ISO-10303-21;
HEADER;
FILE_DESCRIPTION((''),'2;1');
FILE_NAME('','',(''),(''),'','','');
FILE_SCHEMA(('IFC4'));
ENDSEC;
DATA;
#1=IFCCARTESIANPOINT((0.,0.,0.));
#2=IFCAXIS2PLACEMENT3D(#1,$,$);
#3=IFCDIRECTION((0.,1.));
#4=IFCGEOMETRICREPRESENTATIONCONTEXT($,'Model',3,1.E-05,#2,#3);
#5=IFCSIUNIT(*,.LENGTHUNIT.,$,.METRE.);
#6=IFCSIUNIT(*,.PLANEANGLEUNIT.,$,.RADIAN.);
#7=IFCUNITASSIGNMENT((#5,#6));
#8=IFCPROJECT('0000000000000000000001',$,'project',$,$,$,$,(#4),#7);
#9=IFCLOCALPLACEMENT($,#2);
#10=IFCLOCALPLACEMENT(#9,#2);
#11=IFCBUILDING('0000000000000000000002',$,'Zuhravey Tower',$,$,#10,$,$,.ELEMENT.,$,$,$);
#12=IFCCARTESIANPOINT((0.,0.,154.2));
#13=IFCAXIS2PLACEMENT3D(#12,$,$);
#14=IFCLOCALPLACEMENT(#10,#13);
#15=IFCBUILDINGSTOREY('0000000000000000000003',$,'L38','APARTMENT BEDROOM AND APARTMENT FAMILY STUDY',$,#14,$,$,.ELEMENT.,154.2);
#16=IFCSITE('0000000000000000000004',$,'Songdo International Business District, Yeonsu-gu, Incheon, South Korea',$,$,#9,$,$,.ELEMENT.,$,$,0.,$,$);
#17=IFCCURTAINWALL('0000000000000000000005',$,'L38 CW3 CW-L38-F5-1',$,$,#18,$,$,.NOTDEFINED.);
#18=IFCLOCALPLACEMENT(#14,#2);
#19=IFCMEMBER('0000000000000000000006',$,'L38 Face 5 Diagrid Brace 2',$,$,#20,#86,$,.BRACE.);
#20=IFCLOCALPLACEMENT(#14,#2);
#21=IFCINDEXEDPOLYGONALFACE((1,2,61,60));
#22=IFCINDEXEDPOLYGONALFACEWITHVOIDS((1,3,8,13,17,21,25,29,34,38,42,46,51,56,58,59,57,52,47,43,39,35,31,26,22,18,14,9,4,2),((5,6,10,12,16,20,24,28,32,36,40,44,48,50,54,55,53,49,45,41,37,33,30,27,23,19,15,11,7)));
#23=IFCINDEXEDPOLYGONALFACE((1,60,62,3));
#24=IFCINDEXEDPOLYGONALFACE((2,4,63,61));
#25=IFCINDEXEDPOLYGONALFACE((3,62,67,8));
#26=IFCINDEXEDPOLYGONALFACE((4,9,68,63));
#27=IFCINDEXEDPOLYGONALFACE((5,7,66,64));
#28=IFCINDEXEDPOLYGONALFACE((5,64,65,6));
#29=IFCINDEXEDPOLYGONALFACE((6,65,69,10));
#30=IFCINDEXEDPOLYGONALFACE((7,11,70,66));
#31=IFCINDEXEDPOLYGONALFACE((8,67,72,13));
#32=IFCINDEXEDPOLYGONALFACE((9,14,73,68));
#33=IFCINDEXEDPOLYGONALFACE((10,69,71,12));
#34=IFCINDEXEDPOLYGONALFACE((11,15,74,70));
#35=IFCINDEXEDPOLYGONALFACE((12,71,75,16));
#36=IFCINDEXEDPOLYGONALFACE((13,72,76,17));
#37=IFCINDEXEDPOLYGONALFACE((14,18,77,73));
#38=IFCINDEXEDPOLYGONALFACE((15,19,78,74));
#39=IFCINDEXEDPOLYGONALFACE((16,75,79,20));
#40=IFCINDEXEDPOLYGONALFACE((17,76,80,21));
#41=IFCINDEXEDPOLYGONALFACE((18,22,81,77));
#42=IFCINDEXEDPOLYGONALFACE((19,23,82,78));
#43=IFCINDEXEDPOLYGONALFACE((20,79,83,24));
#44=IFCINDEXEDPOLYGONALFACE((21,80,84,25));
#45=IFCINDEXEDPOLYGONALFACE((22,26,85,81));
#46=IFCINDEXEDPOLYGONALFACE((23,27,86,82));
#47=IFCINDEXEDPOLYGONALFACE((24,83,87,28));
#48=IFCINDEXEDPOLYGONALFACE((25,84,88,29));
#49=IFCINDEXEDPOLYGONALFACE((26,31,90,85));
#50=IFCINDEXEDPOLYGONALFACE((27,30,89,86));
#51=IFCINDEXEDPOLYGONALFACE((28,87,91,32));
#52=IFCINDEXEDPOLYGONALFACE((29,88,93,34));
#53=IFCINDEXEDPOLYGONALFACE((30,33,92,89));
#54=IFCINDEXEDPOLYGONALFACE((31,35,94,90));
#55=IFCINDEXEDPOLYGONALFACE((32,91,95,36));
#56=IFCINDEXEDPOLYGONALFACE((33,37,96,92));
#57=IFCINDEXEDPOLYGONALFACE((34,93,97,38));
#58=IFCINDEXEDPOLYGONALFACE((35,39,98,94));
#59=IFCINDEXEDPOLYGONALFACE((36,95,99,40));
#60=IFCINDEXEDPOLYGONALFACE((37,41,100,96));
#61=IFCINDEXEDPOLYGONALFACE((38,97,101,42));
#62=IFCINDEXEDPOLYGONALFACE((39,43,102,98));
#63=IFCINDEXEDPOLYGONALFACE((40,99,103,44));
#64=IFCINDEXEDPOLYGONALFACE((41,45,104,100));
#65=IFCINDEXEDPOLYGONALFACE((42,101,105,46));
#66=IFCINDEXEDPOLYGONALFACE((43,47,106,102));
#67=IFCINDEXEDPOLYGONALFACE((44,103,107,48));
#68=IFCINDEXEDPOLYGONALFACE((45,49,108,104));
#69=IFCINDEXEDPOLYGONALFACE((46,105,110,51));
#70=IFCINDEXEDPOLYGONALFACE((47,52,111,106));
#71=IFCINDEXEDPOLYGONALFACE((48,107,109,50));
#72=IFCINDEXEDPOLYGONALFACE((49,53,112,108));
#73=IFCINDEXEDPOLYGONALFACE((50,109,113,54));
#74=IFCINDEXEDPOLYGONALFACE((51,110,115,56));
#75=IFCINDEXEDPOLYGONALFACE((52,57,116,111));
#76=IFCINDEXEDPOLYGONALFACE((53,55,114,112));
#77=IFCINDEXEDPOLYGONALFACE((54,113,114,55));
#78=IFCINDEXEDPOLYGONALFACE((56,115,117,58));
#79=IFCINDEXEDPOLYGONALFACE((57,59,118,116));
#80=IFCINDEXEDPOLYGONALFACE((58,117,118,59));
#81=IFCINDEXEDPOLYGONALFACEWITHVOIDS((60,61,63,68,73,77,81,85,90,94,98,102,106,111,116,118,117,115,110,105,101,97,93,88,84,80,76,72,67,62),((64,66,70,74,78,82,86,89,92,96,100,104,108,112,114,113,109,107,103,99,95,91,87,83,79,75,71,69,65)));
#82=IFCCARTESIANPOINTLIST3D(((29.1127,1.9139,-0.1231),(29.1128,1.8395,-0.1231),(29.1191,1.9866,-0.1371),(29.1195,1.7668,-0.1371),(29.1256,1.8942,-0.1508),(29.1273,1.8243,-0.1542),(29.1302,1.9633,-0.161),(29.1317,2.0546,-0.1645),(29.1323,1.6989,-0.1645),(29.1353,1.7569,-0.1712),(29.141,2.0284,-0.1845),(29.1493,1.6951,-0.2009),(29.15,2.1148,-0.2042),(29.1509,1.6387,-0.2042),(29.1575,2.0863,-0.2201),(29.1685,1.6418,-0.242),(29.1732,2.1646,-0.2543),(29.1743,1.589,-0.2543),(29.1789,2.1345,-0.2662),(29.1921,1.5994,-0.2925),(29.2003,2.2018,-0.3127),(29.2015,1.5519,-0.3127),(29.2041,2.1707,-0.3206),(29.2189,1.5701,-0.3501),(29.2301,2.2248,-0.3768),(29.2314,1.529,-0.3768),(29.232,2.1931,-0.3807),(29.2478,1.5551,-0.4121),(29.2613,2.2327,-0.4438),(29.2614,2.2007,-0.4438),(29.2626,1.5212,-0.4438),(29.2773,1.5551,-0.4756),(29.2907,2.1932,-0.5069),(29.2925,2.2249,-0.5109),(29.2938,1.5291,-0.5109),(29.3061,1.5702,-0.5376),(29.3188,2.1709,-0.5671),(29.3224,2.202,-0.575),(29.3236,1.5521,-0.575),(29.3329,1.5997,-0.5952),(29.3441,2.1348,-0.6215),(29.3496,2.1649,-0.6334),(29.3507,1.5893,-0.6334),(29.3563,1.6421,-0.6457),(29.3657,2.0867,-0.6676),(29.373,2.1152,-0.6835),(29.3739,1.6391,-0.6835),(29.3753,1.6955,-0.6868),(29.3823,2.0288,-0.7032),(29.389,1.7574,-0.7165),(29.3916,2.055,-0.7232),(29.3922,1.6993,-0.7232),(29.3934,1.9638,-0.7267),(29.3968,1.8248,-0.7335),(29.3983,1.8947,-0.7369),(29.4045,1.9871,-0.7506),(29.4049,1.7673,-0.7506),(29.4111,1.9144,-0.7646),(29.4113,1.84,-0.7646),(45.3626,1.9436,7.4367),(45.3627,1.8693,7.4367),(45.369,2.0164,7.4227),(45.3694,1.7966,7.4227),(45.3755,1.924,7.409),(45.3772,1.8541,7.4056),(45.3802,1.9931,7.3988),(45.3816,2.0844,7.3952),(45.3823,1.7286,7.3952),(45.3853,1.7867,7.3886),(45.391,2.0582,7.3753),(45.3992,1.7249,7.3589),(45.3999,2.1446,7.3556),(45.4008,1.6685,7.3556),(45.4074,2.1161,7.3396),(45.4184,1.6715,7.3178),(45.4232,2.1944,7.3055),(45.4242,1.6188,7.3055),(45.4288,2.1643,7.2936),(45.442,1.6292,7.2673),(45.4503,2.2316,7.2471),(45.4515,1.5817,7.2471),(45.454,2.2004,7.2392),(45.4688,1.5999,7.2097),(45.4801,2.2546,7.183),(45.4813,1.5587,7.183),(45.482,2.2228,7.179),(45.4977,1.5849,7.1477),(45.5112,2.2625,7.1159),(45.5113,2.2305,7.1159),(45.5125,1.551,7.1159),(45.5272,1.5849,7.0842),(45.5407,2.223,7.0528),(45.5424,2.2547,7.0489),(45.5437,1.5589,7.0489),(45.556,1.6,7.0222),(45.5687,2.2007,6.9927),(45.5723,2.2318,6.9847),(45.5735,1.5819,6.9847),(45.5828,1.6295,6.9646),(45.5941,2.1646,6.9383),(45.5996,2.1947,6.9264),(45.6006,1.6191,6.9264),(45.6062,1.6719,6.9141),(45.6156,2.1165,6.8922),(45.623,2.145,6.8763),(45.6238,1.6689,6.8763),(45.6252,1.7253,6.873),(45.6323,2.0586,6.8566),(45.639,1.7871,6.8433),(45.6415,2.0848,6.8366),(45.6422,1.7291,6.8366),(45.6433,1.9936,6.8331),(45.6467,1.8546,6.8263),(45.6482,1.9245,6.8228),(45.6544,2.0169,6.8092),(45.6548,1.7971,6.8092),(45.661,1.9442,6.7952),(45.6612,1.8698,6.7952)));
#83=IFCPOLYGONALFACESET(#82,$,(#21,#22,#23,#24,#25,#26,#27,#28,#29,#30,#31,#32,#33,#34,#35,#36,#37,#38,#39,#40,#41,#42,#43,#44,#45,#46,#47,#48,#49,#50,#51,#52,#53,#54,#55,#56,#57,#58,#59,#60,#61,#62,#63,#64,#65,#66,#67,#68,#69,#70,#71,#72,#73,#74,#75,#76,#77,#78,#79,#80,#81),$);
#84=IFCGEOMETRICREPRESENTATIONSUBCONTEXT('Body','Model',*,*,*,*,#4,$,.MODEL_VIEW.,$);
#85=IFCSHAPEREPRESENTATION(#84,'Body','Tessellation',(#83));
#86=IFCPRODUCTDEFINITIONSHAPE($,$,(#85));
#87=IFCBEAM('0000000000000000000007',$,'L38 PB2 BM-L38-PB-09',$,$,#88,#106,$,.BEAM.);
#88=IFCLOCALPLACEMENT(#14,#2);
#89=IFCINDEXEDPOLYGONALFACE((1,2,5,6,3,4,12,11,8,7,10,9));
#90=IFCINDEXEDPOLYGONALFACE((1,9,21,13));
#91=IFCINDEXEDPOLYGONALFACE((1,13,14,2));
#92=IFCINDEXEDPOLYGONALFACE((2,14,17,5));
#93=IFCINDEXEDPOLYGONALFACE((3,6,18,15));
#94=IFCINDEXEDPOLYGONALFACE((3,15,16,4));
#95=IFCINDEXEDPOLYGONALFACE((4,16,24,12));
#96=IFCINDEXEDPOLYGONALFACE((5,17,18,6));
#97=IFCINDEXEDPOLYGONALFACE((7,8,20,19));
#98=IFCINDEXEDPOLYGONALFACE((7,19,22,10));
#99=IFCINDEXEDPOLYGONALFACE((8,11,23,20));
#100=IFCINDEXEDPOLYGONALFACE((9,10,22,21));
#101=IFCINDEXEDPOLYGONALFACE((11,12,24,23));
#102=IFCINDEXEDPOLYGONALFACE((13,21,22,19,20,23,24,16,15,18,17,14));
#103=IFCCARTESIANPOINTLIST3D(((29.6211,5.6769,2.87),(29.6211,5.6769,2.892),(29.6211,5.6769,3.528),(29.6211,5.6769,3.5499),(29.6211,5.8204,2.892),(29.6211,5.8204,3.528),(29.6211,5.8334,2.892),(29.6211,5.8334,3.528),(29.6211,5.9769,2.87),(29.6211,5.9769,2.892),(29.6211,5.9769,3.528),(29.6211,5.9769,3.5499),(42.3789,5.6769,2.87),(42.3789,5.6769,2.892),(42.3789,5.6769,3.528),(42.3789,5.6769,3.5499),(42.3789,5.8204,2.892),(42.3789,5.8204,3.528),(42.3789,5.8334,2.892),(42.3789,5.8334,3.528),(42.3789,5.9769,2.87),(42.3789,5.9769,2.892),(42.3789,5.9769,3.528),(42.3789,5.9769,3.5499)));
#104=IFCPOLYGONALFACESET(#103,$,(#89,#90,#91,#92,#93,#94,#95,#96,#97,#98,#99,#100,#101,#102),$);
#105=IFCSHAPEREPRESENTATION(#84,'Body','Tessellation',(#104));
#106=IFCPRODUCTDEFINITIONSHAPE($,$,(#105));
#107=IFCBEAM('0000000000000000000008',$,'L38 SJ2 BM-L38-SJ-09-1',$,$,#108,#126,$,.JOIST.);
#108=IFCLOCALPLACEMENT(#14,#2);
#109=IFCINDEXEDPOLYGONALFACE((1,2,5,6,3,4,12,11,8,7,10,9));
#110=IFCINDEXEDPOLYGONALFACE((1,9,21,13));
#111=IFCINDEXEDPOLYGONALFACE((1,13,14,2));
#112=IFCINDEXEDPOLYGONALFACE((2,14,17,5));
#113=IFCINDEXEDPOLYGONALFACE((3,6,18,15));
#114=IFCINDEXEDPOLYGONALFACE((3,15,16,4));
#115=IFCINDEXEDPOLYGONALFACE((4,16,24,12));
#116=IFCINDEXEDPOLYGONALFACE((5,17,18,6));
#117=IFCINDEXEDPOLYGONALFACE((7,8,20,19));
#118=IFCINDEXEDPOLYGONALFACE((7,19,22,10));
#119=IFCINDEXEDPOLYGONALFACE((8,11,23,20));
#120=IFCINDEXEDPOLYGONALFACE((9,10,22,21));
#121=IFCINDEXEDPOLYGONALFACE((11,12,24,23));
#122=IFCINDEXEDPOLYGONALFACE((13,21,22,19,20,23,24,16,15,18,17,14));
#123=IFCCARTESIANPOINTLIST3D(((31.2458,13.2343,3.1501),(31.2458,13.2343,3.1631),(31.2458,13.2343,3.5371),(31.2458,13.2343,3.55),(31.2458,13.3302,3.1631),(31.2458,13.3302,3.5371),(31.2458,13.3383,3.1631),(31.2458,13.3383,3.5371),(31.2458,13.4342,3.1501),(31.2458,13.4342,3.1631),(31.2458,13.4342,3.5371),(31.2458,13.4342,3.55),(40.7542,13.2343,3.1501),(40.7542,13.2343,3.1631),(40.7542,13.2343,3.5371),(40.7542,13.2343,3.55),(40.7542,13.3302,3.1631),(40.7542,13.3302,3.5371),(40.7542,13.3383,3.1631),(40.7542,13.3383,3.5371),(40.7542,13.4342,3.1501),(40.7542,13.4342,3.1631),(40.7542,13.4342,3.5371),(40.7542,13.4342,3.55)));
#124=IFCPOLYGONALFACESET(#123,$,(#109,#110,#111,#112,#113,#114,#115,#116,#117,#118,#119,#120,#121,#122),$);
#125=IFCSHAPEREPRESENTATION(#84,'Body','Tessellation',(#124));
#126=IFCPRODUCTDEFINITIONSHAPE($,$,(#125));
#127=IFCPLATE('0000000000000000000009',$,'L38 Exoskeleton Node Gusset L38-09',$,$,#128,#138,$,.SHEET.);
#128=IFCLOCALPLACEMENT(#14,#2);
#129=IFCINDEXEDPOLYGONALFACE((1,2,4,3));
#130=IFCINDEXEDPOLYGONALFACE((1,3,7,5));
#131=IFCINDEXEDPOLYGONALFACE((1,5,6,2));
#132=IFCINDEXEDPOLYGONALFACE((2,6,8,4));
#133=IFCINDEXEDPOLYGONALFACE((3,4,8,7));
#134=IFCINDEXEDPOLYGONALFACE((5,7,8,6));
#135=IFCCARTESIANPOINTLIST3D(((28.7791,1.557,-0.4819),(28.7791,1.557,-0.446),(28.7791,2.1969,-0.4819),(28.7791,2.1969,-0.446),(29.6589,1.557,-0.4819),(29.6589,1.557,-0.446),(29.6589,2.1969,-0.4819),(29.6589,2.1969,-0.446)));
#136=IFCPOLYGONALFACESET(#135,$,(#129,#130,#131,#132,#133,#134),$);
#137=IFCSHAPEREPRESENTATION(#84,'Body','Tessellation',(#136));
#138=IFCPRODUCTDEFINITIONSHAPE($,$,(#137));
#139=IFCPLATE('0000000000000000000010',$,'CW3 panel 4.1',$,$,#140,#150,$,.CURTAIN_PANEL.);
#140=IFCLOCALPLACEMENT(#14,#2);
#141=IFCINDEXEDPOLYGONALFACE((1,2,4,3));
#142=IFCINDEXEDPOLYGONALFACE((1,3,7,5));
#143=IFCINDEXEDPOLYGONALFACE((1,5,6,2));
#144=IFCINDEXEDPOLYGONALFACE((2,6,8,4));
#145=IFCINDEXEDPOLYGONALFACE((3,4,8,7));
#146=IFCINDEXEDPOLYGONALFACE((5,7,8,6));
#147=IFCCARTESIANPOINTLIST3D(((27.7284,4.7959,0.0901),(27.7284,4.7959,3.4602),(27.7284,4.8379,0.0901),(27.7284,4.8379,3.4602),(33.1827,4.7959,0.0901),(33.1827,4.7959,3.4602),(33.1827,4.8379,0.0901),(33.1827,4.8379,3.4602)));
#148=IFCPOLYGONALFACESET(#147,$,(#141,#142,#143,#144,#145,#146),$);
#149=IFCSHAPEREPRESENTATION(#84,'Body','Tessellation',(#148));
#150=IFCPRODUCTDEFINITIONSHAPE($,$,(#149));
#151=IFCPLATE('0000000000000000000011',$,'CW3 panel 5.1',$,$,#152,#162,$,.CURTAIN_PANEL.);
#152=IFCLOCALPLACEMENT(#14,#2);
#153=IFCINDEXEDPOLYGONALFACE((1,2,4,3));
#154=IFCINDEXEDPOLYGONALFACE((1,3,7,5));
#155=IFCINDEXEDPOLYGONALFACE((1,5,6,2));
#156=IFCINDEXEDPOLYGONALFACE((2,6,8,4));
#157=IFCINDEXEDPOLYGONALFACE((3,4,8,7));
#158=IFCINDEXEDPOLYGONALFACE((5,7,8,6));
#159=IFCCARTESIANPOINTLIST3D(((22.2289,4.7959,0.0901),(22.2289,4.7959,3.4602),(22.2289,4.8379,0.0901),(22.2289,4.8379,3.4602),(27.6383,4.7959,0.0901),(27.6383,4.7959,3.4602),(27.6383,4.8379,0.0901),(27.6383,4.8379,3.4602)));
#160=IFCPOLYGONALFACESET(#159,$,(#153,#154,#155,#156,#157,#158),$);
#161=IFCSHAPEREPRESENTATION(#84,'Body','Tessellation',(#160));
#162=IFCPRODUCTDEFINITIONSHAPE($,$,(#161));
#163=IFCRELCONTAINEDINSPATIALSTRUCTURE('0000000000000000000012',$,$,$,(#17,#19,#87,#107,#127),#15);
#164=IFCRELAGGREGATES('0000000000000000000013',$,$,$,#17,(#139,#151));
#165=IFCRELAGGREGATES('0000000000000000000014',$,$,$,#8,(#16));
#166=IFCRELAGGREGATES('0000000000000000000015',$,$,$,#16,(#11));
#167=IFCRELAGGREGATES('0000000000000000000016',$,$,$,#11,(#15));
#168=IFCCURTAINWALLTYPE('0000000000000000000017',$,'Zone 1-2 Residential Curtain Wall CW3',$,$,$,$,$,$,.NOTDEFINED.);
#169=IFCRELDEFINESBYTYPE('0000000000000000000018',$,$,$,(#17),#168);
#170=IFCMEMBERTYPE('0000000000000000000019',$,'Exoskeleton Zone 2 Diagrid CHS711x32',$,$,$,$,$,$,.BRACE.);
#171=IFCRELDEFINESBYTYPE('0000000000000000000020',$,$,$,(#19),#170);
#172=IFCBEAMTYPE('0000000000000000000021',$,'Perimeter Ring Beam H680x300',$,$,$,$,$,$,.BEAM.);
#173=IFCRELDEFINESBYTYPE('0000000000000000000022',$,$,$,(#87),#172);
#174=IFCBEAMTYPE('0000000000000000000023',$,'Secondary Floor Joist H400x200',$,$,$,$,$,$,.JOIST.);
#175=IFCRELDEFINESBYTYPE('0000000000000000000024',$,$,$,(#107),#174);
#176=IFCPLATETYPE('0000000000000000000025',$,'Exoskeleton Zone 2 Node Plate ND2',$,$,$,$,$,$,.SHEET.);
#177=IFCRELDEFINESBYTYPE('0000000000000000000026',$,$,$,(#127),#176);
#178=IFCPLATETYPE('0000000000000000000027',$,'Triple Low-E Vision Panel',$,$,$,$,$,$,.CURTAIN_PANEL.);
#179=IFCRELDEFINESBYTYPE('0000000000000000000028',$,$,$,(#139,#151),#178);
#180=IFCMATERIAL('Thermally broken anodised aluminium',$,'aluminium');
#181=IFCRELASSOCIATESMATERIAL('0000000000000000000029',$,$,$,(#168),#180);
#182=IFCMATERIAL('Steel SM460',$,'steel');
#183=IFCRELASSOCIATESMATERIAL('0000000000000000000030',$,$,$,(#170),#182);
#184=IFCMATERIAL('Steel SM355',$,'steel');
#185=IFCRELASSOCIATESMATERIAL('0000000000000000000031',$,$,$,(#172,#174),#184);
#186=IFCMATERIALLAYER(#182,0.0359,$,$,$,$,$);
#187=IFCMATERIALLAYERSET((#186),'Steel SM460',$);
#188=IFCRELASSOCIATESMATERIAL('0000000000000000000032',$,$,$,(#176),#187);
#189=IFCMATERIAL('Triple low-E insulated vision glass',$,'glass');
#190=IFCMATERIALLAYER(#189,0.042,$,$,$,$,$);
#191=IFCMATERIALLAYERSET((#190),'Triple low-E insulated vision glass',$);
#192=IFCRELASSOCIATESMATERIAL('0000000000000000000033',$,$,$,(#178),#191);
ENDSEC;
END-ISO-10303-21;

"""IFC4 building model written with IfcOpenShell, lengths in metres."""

from ifc_helpers import new_model, si_unit, direction, frame, origin, origin_2d, place, context, subcontext, project, spatial, rectangle, hollow_circle, i_section, extrude, material, layer, layer_set, material_profile, profile_set, type_object, element, aggregate, save


model = new_model("IFC4")

# Units and contexts
model_context = context("Model", 3, precision=1e-05, world=origin(), true_north=direction((0.0, 1.0)))
body_context = subcontext(model_context, "Body", "Model", "MODEL_VIEW")
ifc_project = project(units=[si_unit("LENGTHUNIT", "METRE"), si_unit("PLANEANGLEUNIT", "RADIAN")], contexts=[model_context])

# Site, building, storey
site_placement = place(None, origin())
site = spatial("IfcSite", under=ifc_project, at=site_placement, Name="Songdo International Business District, Yeonsu-gu, Incheon, South Korea", CompositionType="ELEMENT", RefElevation=0.0)
building_placement = place(site_placement, origin())
building = spatial("IfcBuilding", under=site, at=building_placement, Name="Zuhravey Tower", CompositionType="ELEMENT")
storey_placement = place(building_placement, frame((0.0, 0.0, 154.2)))
storey = spatial("IfcBuildingStorey", under=building, at=storey_placement, Name="L38", Description="APARTMENT BEDROOM AND APARTMENT FAMILY STUDY", CompositionType="ELEMENT", Elevation=154.2)

# Curtain wall
ifc_material_1 = material(Name="Thermally broken anodised aluminium", Category="aluminium")
curtain_wall_type = type_object("IfcCurtainWallType", Name="Zone 1-2 Residential Curtain Wall CW3", PredefinedType="NOTDEFINED", material=ifc_material_1)
curtain_wall_placement = place(storey_placement, origin())
curtain_wall = element("IfcCurtainWall", 1, at=curtain_wall_placement, inside=storey, type_object=curtain_wall_type, Name="L38 CW3 CW-L38-F5-1", PredefinedType="NOTDEFINED")

# Member
ifc_material_2 = material(Name="Steel SM355", Category="steel")
ifc_material_3 = material(Name="Steel SM460", Category="steel")
ifc_material_profile_1 = material_profile(ifc_material_3, hollow_circle(Radius=0.3557, WallThickness=0.032, at=origin_2d()), Name="CHS-711.2x32")
ifc_profile_set_1 = profile_set([ifc_material_profile_1], Name="Steel SM460")
member_type_1 = type_object("IfcMemberType", Name="Exoskeleton Zone 2 Diagrid CHS711x32", PredefinedType="BRACE", material=ifc_profile_set_1)
member_1_placement = place(storey_placement, frame((29.262, 1.877, -0.4438), z_axis=(0.906684, 0.001662, 0.421807), x_axis=(-0.001833, 0.999998, 0.0)))
element("IfcMember", 2, at=member_1_placement, inside=storey, type_object=member_type_1, Name="L38 Face 5 Diagrid Brace 2", PredefinedType="BRACE", context=body_context, shape_type="SweptSolid", body=[
    extrude(hollow_circle(Radius=0.3557, WallThickness=0.032, at=origin_2d()), origin(), (0.0, 0.0, 1.0), 17.9224),
])

# Beams
ifc_material_profile_2 = material_profile(ifc_material_2, i_section(OverallWidth=0.3, OverallDepth=0.6799, WebThickness=0.0129, FlangeThickness=0.022, at=origin_2d()), Name="H-680x300x13x22")
ifc_profile_set_2 = profile_set([ifc_material_profile_2], Name="Steel SM355")
beam_type_1 = type_object("IfcBeamType", Name="Perimeter Ring Beam H680x300", PredefinedType="BEAM", material=ifc_profile_set_2)
beam_1_placement = place(storey_placement, frame((29.6211, 5.8269, 3.21), z_axis=(1.0, 0.0, 0.0), x_axis=(0.0, 1.0, 0.0)))
element("IfcBeam", 3, at=beam_1_placement, inside=storey, type_object=beam_type_1, Name="L38 PB2 BM-L38-PB-09", PredefinedType="BEAM", context=body_context, shape_type="SweptSolid", body=[
    extrude(i_section(OverallWidth=0.3, OverallDepth=0.6799, WebThickness=0.0129, FlangeThickness=0.022, at=origin_2d()), origin(), (0.0, 0.0, 1.0), 12.7578),
])
ifc_material_profile_3 = material_profile(ifc_material_2, i_section(OverallWidth=0.2, OverallDepth=0.3999, WebThickness=0.0081, FlangeThickness=0.0129, at=origin_2d()), Name="H-400x200x8x13")
ifc_profile_set_3 = profile_set([ifc_material_profile_3], Name="Steel SM355")
beam_type_2 = type_object("IfcBeamType", Name="Secondary Floor Joist H400x200", PredefinedType="JOIST", material=ifc_profile_set_3)
beam_2_placement = place(storey_placement, frame((31.2458, 13.3342, 3.3501), z_axis=(1.0, 0.0, 0.0), x_axis=(0.0, 1.0, 0.0)))
element("IfcBeam", 4, at=beam_2_placement, inside=storey, type_object=beam_type_2, Name="L38 SJ2 BM-L38-SJ-09-1", PredefinedType="JOIST", context=body_context, shape_type="SweptSolid", body=[
    extrude(i_section(OverallWidth=0.2, OverallDepth=0.3999, WebThickness=0.0081, FlangeThickness=0.0129, at=origin_2d()), origin(), (0.0, 0.0, 1.0), 9.5083),
])

# Plates
ifc_layer_1 = layer(ifc_material_3, 0.0359)
ifc_layer_set_1 = layer_set([ifc_layer_1], Name="Steel SM460")
plate_type_1 = type_object("IfcPlateType", Name="Exoskeleton Zone 2 Node Plate ND2", PredefinedType="SHEET", material=ifc_layer_set_1)
plate_1_placement = place(storey_placement, frame((29.219, 1.877, -0.4819), z_axis=(0.0, 0.0, 1.0), x_axis=(1.0, 0.0, 0.0)))
element("IfcPlate", 5, at=plate_1_placement, inside=storey, type_object=plate_type_1, Name="L38 Exoskeleton Node Gusset L38-09", PredefinedType="SHEET", context=body_context, shape_type="SweptSolid", body=[
    extrude(rectangle(XDim=0.8799, YDim=0.6399, at=origin_2d()), origin(), (0.0, 0.0, 1.0), 0.0359),
])
ifc_material_4 = material(Name="Triple low-E insulated vision glass", Category="glass")
ifc_layer_2 = layer(ifc_material_4, 0.042)
ifc_layer_set_2 = layer_set([ifc_layer_2], Name="Triple low-E insulated vision glass")
plate_type_2 = type_object("IfcPlateType", Name="Triple Low-E Vision Panel", PredefinedType="CURTAIN_PANEL", material=ifc_layer_set_2)
plate_2_placement = place(storey_placement, frame((30.4556, 4.8169, 0.0901), z_axis=(0.0, 0.0, 1.0), x_axis=(-1.0, 0.0, 0.0)))
plate_2 = element("IfcPlate", 6, at=plate_2_placement, type_object=plate_type_2, Name="CW3 panel 4.1", PredefinedType="CURTAIN_PANEL", context=body_context, shape_type="SweptSolid", body=[
    extrude(rectangle(XDim=5.4543, YDim=0.042, at=origin_2d()), origin(), (0.0, 0.0, 1.0), 3.3701),
])
plate_3_placement = place(storey_placement, frame((24.9336, 4.8169, 0.0901), z_axis=(0.0, 0.0, 1.0), x_axis=(-1.0, 0.0, 0.0)))
plate_3 = element("IfcPlate", 7, at=plate_3_placement, type_object=plate_type_2, Name="CW3 panel 5.1", PredefinedType="CURTAIN_PANEL", context=body_context, shape_type="SweptSolid", body=[
    extrude(rectangle(XDim=5.4094, YDim=0.042, at=origin_2d()), origin(), (0.0, 0.0, 1.0), 3.3701),
])
aggregate(curtain_wall, [plate_2, plate_3])

save(model, "model.ifc")
